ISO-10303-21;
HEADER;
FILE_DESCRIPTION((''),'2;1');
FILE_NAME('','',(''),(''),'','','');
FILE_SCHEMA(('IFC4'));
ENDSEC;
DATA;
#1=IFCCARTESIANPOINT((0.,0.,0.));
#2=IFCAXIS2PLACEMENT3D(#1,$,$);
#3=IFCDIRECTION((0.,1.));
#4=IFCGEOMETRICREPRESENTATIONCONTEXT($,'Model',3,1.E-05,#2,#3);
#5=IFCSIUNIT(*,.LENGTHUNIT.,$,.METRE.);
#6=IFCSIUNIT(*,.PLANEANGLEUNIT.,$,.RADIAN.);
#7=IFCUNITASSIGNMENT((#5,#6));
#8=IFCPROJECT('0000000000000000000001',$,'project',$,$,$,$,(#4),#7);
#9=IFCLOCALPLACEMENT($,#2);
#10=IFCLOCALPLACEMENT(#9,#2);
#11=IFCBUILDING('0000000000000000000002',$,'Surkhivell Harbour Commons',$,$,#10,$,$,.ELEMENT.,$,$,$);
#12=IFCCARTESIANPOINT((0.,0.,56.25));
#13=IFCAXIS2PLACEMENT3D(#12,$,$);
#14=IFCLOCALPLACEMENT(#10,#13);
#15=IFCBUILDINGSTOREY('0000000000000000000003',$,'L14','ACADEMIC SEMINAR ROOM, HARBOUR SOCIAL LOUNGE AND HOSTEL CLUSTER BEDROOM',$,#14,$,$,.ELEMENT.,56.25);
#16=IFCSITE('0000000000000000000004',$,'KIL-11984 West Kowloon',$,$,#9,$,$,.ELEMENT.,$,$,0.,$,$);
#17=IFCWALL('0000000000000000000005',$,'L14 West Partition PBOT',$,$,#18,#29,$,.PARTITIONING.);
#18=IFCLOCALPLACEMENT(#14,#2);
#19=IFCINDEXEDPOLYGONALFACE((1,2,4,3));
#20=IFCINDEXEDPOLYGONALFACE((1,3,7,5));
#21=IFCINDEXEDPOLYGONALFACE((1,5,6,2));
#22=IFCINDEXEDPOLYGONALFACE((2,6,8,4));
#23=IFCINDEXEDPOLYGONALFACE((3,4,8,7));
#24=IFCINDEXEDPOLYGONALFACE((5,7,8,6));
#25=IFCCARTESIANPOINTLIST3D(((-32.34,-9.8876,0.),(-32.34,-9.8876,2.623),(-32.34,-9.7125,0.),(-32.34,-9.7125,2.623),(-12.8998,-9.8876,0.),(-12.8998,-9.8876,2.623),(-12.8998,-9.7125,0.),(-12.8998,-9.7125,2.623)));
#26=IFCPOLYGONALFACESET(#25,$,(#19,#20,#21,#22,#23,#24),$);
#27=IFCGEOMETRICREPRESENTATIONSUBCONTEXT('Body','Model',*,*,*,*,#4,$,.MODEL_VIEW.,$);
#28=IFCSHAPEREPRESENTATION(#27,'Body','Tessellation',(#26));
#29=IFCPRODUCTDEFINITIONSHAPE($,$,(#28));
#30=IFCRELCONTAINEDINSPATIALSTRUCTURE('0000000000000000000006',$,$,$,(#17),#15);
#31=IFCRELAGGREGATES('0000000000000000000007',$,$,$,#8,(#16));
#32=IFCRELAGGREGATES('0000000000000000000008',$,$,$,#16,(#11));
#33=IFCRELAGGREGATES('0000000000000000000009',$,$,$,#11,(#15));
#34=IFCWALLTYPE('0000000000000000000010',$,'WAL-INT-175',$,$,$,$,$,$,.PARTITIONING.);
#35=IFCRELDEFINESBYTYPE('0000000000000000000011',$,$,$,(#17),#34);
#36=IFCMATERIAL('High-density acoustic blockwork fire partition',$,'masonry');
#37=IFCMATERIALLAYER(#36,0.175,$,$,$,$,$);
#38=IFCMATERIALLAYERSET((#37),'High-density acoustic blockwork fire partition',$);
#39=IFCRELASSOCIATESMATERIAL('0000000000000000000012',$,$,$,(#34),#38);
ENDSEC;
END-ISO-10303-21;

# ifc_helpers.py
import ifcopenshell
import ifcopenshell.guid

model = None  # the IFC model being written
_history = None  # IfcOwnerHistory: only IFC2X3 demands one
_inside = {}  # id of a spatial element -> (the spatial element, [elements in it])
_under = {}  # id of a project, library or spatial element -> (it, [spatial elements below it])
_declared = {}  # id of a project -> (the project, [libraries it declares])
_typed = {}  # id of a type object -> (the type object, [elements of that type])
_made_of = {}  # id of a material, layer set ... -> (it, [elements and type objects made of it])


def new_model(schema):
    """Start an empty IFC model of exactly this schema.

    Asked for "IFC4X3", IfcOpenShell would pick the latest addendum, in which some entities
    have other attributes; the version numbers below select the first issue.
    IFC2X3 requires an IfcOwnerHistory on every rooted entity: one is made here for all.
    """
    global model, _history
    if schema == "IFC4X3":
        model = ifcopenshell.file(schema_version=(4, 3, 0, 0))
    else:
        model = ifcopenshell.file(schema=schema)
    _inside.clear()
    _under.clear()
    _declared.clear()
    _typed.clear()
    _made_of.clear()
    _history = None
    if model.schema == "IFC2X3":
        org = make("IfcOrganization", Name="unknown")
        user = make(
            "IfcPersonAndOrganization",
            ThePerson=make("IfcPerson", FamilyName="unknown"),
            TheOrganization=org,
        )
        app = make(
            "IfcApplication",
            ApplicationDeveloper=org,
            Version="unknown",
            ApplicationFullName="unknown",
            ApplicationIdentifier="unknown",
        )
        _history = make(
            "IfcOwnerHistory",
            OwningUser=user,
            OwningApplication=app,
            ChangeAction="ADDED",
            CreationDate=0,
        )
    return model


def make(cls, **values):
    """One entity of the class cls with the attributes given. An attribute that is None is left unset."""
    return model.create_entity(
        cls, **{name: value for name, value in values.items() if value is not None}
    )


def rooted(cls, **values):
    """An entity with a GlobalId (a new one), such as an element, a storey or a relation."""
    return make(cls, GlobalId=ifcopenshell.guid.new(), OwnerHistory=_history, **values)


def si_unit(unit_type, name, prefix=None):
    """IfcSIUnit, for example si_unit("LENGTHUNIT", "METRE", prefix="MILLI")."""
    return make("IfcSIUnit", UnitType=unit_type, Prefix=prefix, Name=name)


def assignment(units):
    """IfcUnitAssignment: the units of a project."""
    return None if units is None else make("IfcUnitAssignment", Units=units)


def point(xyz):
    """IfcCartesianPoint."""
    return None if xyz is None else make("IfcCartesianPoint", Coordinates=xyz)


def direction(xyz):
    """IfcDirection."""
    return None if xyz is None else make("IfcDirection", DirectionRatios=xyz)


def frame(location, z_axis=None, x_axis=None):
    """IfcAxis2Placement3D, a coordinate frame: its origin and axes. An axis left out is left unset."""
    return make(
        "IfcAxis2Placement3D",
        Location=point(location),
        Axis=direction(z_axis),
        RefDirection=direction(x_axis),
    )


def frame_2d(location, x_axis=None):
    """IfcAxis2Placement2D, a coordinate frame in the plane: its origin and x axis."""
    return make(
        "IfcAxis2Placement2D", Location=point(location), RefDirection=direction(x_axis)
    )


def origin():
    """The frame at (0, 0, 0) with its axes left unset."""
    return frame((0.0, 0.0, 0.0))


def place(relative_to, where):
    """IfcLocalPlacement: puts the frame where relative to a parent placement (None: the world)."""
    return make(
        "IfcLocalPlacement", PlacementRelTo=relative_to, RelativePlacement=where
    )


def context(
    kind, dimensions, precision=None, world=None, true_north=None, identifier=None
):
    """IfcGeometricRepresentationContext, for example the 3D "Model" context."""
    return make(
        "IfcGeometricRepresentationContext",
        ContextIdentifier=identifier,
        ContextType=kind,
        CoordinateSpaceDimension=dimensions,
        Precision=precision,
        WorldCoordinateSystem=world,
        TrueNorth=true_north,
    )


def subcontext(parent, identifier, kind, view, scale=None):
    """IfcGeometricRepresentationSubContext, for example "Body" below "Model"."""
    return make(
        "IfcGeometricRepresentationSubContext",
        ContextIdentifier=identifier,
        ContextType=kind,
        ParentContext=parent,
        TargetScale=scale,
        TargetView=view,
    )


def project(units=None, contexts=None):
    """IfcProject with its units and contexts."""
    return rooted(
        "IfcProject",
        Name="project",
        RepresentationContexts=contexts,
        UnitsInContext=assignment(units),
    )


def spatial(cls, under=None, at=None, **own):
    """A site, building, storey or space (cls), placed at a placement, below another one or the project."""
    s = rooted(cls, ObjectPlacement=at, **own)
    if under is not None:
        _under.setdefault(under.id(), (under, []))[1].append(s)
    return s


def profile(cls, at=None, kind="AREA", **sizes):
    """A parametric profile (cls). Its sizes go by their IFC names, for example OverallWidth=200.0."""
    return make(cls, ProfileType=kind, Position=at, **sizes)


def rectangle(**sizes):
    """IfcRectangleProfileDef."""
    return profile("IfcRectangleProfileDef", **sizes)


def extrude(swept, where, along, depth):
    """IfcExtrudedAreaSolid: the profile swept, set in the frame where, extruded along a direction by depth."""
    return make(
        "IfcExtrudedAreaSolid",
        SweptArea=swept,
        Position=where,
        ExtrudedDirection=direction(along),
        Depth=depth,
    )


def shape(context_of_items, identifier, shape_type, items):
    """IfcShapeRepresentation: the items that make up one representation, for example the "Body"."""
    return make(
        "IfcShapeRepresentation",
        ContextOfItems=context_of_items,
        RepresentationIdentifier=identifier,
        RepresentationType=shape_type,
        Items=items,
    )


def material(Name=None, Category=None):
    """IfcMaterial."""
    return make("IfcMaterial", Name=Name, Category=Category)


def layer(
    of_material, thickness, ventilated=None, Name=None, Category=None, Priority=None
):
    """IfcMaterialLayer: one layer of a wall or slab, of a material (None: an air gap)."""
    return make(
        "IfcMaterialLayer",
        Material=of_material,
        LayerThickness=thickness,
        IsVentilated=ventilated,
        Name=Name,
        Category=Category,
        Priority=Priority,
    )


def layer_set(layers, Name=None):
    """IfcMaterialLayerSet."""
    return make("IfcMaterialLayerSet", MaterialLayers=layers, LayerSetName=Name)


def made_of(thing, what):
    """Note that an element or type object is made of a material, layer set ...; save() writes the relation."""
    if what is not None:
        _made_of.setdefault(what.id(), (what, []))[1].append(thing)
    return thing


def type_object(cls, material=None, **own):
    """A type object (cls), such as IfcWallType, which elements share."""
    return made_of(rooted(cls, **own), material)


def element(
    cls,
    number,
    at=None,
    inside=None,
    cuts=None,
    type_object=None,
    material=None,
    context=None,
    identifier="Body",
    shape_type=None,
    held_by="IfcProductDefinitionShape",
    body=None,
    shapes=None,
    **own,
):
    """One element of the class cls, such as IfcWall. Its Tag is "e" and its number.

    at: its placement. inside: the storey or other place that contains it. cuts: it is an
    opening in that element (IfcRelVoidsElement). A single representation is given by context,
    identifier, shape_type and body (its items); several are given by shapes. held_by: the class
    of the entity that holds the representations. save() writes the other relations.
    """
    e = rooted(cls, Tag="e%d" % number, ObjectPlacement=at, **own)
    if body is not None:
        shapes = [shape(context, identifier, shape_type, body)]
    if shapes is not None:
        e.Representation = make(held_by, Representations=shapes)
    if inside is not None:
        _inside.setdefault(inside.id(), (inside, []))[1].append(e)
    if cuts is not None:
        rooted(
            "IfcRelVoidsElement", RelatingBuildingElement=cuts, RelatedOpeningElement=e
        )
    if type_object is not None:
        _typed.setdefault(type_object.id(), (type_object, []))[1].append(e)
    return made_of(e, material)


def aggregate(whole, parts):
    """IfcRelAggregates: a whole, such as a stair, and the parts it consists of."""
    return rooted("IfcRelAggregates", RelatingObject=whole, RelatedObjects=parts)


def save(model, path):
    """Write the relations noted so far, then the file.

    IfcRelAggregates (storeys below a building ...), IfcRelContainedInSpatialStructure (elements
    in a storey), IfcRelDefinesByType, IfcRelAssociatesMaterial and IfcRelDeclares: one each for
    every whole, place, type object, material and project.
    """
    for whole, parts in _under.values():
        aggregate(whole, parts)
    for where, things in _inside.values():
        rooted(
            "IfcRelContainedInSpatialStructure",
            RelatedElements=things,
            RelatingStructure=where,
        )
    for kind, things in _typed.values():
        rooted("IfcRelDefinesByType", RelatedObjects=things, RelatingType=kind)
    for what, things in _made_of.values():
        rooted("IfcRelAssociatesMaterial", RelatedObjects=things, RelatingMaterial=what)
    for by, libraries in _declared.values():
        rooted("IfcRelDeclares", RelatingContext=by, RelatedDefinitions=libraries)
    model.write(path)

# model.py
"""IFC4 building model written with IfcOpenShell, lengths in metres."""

from ifc_helpers import new_model, si_unit, direction, frame, frame_2d, origin, place, context, subcontext, project, spatial, rectangle, extrude, material, layer, layer_set, type_object, element, save


model = new_model("IFC4")

# Units and contexts
model_context = context("Model", 3, precision=1e-05, world=origin(), true_north=direction((0.0, 1.0)))
body_context = subcontext(model_context, "Body", "Model", "MODEL_VIEW")
ifc_project = project(units=[si_unit("LENGTHUNIT", "METRE"), si_unit("PLANEANGLEUNIT", "RADIAN")], contexts=[model_context])

# Site, building, storey
site_placement = place(None, origin())
site = spatial("IfcSite", under=ifc_project, at=site_placement, Name="KIL-11984 West Kowloon", CompositionType="ELEMENT", RefElevation=0.0)
building_placement = place(site_placement, origin())
building = spatial("IfcBuilding", under=site, at=building_placement, Name="Surkhivell Harbour Commons", CompositionType="ELEMENT")
storey_placement = place(building_placement, frame((0.0, 0.0, 56.25)))
storey = spatial("IfcBuildingStorey", under=building, at=storey_placement, Name="L14", Description="ACADEMIC SEMINAR ROOM, HARBOUR SOCIAL LOUNGE AND HOSTEL CLUSTER BEDROOM", CompositionType="ELEMENT", Elevation=56.25)

# Wall
ifc_material_1 = material(Name="High-density acoustic blockwork fire partition", Category="masonry")
ifc_layer_1 = layer(ifc_material_1, 0.175)
ifc_layer_set_1 = layer_set([ifc_layer_1], Name="High-density acoustic blockwork fire partition")
wall_type_1 = type_object("IfcWallType", Name="WAL-INT-175", PredefinedType="PARTITIONING", material=ifc_layer_set_1)
wall_1_placement = place(storey_placement, frame((-32.3401, -9.8, 0.0), z_axis=(0.0, 0.0, 1.0), x_axis=(1.0, 0.0, 0.0)))
element("IfcWall", 1, at=wall_1_placement, inside=storey, type_object=wall_type_1, Name="L14 West Partition PBOT", PredefinedType="PARTITIONING", context=body_context, shape_type="SweptSolid", body=[
    extrude(rectangle(XDim=19.4402, YDim=0.175, at=frame_2d((9.7202, 0.0))), origin(), (0.0, 0.0, 1.0), 2.623),
])

save(model, "model.ifc")
